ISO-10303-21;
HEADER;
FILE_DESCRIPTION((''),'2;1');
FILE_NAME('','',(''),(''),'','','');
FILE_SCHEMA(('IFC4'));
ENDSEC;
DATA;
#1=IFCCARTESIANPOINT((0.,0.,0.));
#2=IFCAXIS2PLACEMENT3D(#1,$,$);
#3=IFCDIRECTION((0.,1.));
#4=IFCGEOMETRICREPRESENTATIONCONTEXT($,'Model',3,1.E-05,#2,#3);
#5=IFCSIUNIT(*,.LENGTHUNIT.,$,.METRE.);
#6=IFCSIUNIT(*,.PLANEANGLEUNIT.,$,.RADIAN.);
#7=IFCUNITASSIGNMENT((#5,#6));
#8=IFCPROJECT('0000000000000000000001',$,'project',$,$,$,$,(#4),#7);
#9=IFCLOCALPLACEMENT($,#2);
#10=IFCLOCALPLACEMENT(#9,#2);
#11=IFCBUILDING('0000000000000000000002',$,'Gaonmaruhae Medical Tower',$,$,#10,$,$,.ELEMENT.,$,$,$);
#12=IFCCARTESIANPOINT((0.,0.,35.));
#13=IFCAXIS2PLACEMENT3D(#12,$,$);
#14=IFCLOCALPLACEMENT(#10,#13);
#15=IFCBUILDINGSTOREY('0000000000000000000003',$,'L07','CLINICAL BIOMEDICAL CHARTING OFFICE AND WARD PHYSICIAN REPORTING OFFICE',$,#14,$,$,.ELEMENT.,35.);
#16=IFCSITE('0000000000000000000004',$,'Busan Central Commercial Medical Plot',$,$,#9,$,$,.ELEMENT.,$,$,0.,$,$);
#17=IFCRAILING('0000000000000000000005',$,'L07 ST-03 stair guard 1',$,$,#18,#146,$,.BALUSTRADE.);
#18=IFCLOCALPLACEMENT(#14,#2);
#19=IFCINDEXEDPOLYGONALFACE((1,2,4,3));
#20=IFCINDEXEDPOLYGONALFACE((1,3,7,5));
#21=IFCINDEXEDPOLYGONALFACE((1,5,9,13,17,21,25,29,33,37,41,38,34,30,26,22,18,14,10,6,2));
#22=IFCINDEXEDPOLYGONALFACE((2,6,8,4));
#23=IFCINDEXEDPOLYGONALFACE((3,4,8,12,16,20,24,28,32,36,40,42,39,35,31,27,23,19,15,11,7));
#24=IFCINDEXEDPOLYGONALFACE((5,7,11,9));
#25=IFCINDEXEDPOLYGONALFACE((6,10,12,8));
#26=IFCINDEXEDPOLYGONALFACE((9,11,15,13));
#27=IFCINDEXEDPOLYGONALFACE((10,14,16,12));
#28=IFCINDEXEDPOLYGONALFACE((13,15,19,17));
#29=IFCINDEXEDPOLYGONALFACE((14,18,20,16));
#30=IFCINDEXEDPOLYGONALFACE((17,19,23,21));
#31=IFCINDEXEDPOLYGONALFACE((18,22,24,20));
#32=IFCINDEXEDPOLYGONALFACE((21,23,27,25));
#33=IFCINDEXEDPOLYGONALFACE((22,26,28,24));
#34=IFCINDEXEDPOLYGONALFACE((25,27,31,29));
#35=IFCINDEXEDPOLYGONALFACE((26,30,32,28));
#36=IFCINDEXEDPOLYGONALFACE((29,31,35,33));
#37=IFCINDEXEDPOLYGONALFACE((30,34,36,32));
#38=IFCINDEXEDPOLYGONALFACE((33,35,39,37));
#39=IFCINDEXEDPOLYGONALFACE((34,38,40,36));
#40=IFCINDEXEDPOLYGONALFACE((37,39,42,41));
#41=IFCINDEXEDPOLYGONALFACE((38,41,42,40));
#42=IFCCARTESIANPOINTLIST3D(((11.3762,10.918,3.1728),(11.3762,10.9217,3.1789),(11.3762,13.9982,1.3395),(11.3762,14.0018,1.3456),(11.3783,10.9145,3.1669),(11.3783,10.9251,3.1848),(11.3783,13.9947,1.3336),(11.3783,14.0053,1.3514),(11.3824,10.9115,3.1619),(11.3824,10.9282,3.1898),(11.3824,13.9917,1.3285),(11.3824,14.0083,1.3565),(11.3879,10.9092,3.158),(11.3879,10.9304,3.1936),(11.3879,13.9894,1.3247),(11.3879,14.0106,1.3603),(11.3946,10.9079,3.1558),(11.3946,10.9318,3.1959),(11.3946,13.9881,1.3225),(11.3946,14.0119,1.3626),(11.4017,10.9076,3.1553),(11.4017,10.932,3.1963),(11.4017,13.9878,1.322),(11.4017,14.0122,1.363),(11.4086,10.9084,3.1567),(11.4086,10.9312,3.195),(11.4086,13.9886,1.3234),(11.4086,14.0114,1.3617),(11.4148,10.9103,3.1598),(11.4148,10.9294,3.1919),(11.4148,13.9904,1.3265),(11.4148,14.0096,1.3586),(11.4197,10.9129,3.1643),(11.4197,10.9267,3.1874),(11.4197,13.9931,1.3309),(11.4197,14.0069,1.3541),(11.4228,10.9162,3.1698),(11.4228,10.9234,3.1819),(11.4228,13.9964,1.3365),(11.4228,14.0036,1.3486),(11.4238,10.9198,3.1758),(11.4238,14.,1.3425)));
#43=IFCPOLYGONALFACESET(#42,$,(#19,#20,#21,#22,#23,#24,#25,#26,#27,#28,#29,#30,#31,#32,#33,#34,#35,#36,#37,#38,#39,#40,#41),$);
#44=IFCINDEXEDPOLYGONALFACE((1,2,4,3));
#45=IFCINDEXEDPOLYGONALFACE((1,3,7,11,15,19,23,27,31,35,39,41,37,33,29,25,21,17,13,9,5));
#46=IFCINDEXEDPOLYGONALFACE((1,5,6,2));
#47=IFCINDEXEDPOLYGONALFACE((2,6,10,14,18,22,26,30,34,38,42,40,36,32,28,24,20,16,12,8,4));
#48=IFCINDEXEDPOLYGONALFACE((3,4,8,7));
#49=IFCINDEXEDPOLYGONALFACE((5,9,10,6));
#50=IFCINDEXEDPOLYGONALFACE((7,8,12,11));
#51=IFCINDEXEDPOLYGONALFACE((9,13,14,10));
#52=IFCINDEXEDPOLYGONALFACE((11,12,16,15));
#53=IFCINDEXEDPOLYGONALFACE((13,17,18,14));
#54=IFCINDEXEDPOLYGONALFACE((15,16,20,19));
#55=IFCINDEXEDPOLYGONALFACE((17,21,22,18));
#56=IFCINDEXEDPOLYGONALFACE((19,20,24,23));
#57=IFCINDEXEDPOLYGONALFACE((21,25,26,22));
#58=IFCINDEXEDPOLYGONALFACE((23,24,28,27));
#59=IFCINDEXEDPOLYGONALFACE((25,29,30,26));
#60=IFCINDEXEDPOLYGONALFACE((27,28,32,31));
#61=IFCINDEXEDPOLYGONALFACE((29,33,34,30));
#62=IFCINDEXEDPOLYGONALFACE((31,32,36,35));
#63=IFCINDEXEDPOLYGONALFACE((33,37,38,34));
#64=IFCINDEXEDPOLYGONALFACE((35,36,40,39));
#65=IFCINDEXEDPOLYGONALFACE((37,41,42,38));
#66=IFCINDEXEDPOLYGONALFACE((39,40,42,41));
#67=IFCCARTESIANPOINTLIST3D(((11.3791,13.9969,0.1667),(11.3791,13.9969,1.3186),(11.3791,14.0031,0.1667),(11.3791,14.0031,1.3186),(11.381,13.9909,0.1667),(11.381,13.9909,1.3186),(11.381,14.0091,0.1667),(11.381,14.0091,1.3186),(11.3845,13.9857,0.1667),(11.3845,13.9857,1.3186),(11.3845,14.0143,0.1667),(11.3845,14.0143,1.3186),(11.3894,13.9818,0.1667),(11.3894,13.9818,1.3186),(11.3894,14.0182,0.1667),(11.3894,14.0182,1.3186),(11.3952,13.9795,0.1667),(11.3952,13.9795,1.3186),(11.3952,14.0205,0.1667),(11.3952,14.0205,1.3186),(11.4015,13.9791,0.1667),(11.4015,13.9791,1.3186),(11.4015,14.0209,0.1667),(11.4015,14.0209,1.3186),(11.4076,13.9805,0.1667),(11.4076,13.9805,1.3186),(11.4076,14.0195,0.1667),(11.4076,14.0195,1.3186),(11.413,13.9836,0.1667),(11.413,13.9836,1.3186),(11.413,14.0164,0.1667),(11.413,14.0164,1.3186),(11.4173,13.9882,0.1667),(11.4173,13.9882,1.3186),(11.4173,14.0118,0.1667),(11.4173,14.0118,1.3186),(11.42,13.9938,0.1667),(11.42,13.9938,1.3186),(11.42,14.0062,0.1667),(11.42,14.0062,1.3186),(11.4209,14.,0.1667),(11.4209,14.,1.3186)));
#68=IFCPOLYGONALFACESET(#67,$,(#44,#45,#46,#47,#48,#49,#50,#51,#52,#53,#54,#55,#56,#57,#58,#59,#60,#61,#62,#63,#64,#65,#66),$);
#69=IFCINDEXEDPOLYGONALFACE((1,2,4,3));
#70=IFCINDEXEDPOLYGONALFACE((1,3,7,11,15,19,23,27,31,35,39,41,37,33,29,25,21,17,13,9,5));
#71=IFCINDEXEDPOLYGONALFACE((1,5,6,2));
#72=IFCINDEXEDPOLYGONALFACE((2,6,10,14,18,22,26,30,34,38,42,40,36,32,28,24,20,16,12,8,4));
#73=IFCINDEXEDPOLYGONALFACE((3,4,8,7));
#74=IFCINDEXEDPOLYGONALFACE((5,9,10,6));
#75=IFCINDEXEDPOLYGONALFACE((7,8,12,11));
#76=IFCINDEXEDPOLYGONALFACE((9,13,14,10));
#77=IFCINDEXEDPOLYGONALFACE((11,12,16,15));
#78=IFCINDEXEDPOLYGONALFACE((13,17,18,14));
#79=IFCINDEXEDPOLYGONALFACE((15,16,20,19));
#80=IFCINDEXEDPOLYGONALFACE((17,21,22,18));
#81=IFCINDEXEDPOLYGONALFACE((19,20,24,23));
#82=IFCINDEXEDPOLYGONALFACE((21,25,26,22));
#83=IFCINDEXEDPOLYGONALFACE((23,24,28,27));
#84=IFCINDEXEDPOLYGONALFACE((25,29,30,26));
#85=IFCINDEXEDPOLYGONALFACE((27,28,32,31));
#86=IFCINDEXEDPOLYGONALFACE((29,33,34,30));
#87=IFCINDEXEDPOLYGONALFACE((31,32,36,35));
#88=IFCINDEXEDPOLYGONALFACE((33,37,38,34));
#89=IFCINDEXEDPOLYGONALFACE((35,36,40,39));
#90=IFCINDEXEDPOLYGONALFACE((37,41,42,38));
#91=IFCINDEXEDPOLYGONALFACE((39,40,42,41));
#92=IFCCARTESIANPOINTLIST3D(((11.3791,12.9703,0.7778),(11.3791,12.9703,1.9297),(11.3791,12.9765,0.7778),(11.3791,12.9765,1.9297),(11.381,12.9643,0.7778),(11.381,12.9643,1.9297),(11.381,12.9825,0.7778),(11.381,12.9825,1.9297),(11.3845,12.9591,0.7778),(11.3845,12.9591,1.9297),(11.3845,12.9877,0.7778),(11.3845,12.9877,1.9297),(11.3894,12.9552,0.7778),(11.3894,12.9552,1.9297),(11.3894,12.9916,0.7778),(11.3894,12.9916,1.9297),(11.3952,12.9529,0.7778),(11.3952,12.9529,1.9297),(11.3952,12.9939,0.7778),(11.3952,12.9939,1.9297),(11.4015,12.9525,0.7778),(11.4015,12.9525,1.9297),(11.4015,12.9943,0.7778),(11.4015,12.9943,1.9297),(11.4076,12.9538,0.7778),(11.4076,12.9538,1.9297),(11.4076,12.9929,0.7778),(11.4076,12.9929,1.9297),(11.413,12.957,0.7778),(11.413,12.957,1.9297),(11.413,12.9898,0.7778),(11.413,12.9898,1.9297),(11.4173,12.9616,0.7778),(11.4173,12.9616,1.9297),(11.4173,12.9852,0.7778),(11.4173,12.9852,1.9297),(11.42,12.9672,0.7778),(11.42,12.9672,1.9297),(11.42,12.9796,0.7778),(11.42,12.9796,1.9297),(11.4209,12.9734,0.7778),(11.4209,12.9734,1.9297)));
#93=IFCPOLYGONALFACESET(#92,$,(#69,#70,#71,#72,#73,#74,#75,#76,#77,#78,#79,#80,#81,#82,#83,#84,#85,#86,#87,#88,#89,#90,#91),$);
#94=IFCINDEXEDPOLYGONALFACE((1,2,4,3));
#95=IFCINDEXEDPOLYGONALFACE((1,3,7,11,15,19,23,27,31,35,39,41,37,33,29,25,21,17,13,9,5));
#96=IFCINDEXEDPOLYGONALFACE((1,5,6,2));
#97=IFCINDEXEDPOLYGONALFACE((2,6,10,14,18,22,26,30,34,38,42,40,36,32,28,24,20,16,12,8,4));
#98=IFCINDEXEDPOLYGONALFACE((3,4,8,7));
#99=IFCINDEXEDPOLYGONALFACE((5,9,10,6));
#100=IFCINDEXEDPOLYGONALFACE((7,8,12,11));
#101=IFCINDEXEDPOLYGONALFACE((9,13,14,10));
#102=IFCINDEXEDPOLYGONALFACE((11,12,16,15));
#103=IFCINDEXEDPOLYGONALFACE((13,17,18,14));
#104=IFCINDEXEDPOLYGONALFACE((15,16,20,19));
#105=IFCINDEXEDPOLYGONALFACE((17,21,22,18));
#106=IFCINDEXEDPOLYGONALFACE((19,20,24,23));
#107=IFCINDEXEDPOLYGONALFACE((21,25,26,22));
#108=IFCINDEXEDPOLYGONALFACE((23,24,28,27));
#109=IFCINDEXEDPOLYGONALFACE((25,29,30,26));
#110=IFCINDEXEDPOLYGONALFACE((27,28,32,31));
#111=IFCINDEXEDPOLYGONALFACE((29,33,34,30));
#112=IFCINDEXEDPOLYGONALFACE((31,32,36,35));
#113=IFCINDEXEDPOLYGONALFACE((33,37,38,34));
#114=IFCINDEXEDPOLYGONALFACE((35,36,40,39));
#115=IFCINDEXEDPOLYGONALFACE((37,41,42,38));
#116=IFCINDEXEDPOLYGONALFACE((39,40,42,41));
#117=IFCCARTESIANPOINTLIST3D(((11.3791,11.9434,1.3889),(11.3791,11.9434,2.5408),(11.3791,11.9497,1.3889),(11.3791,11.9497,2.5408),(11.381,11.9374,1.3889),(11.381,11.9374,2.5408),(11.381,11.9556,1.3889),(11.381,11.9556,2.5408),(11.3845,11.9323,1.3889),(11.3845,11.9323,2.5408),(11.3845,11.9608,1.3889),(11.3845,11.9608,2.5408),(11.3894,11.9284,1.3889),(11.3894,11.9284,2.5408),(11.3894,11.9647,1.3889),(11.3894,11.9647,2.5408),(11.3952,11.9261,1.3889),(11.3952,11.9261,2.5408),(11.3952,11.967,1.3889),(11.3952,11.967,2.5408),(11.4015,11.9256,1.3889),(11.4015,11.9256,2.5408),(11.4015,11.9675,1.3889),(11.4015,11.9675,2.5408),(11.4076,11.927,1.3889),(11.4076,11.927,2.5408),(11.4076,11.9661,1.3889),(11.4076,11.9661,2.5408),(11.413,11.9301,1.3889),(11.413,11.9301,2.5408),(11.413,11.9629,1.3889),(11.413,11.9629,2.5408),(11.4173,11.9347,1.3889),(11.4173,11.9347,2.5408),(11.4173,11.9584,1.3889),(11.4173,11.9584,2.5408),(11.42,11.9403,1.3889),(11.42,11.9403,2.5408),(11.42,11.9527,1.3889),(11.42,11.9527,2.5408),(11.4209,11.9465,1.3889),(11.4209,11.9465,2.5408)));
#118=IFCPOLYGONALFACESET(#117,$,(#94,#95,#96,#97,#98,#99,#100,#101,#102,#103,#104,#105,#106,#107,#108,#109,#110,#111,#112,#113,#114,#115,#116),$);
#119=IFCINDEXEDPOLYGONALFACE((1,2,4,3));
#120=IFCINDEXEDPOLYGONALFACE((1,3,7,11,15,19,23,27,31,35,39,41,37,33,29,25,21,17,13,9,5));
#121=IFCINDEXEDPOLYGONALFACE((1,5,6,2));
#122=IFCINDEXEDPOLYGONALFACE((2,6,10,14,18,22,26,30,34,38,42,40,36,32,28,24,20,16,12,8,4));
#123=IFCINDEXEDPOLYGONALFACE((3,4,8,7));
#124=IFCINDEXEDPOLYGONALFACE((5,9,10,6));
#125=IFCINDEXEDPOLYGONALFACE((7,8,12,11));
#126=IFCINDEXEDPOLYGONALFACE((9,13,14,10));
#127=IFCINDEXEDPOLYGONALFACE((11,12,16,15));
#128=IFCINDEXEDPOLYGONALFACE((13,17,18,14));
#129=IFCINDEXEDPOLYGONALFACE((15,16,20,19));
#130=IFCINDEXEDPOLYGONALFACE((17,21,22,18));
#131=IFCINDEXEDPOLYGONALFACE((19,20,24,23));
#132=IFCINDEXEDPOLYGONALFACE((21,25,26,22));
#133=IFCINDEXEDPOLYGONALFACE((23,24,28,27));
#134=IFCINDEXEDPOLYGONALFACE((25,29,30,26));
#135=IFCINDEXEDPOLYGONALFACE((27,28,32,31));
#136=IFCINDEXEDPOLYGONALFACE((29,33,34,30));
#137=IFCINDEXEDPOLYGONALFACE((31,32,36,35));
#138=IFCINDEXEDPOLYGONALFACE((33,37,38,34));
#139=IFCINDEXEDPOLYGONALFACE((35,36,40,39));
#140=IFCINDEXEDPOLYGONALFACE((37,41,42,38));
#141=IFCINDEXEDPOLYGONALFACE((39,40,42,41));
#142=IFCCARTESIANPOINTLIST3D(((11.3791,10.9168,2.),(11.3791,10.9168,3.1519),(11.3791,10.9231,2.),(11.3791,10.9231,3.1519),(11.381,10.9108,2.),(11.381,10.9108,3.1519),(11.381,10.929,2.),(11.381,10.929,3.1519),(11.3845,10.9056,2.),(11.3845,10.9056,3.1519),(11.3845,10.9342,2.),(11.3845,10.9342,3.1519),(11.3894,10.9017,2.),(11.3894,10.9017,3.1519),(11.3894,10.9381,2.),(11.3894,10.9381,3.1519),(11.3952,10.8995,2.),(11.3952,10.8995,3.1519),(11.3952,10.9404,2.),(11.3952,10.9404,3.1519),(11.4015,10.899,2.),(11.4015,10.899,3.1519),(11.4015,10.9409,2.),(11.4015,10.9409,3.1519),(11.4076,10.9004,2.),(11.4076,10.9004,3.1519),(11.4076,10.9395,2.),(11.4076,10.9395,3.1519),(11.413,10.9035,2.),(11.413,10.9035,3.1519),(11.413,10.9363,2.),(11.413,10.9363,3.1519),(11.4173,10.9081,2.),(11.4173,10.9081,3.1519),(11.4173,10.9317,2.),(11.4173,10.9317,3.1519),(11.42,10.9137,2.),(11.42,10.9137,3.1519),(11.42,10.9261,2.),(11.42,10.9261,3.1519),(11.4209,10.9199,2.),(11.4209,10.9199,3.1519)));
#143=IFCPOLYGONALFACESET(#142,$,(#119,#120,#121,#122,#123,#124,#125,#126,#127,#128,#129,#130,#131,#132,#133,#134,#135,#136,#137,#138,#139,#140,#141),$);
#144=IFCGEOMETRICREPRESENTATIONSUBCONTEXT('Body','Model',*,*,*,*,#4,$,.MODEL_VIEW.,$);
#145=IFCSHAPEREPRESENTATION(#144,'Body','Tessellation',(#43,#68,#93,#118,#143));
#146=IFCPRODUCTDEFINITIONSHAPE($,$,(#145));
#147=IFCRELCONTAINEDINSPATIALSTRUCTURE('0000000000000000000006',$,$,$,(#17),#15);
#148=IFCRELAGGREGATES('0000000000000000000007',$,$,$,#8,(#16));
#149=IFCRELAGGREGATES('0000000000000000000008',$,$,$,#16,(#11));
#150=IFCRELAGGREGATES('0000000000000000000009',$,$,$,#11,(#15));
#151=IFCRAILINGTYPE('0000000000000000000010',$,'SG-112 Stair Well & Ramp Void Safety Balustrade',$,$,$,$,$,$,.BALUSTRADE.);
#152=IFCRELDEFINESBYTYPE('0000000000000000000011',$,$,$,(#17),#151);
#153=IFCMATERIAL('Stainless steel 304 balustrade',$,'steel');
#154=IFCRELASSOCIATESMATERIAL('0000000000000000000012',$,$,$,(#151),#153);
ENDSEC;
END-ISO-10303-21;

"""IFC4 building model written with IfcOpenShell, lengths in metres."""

from ifc_helpers import new_model, si_unit, direction, frame, origin, origin_2d, place, context, subcontext, project, spatial, circle, extrude, material, type_object, element, save


model = new_model("IFC4")

# Units and contexts
model_context = context("Model", 3, precision=1e-05, world=origin(), true_north=direction((0.0, 1.0)))
body_context = subcontext(model_context, "Body", "Model", "MODEL_VIEW")
ifc_project = project(units=[si_unit("LENGTHUNIT", "METRE"), si_unit("PLANEANGLEUNIT", "RADIAN")], contexts=[model_context])

# Site, building, storey
site_placement = place(None, origin())
site = spatial("IfcSite", under=ifc_project, at=site_placement, Name="Busan Central Commercial Medical Plot", CompositionType="ELEMENT", RefElevation=0.0)
building_placement = place(site_placement, origin())
building = spatial("IfcBuilding", under=site, at=building_placement, Name="Gaonmaruhae Medical Tower", CompositionType="ELEMENT")
storey_placement = place(building_placement, frame((0.0, 0.0, 35.0)))
storey = spatial("IfcBuildingStorey", under=building, at=storey_placement, Name="L07", Description="CLINICAL BIOMEDICAL CHARTING OFFICE AND WARD PHYSICIAN REPORTING OFFICE", CompositionType="ELEMENT", Elevation=35.0)

# Railing
ifc_material_1 = material(Name="Stainless steel 304 balustrade", Category="steel")
railing_type_1 = type_object("IfcRailingType", Name="SG-112 Stair Well & Ramp Void Safety Balustrade", PredefinedType="BALUSTRADE", material=ifc_material_1)
railing_1_placement = place(storey_placement, frame((11.3999, 14.0, 0.1667)))
element("IfcRailing", 1, at=railing_1_placement, inside=storey, type_object=railing_type_1, Name="L07 ST-03 stair guard 1", PredefinedType="BALUSTRADE", context=body_context, shape_type="SweptSolid", body=[
    extrude(circle(Radius=0.0239, at=origin_2d()), frame((0.0, 0.0, 1.1758), z_axis=(0.0, -0.859309, 0.511458), x_axis=(1.0, 0.0, 0.0)), (0.0, 0.0, 1.0), 3.5845),
    extrude(circle(Radius=0.021, at=origin_2d()), origin(), (0.0, 0.0, 1.0), 1.1519),
    extrude(circle(Radius=0.021, at=origin_2d()), frame((0.0, -1.0266, 0.6111)), (0.0, 0.0, 1.0), 1.1519),
    extrude(circle(Radius=0.021, at=origin_2d()), frame((0.0, -2.0535, 1.2222)), (0.0, 0.0, 1.0), 1.1519),
    extrude(circle(Radius=0.021, at=origin_2d()), frame((0.0, -3.0801, 1.8333)), (0.0, 0.0, 1.0), 1.1519),
])

save(model, "model.ifc")
